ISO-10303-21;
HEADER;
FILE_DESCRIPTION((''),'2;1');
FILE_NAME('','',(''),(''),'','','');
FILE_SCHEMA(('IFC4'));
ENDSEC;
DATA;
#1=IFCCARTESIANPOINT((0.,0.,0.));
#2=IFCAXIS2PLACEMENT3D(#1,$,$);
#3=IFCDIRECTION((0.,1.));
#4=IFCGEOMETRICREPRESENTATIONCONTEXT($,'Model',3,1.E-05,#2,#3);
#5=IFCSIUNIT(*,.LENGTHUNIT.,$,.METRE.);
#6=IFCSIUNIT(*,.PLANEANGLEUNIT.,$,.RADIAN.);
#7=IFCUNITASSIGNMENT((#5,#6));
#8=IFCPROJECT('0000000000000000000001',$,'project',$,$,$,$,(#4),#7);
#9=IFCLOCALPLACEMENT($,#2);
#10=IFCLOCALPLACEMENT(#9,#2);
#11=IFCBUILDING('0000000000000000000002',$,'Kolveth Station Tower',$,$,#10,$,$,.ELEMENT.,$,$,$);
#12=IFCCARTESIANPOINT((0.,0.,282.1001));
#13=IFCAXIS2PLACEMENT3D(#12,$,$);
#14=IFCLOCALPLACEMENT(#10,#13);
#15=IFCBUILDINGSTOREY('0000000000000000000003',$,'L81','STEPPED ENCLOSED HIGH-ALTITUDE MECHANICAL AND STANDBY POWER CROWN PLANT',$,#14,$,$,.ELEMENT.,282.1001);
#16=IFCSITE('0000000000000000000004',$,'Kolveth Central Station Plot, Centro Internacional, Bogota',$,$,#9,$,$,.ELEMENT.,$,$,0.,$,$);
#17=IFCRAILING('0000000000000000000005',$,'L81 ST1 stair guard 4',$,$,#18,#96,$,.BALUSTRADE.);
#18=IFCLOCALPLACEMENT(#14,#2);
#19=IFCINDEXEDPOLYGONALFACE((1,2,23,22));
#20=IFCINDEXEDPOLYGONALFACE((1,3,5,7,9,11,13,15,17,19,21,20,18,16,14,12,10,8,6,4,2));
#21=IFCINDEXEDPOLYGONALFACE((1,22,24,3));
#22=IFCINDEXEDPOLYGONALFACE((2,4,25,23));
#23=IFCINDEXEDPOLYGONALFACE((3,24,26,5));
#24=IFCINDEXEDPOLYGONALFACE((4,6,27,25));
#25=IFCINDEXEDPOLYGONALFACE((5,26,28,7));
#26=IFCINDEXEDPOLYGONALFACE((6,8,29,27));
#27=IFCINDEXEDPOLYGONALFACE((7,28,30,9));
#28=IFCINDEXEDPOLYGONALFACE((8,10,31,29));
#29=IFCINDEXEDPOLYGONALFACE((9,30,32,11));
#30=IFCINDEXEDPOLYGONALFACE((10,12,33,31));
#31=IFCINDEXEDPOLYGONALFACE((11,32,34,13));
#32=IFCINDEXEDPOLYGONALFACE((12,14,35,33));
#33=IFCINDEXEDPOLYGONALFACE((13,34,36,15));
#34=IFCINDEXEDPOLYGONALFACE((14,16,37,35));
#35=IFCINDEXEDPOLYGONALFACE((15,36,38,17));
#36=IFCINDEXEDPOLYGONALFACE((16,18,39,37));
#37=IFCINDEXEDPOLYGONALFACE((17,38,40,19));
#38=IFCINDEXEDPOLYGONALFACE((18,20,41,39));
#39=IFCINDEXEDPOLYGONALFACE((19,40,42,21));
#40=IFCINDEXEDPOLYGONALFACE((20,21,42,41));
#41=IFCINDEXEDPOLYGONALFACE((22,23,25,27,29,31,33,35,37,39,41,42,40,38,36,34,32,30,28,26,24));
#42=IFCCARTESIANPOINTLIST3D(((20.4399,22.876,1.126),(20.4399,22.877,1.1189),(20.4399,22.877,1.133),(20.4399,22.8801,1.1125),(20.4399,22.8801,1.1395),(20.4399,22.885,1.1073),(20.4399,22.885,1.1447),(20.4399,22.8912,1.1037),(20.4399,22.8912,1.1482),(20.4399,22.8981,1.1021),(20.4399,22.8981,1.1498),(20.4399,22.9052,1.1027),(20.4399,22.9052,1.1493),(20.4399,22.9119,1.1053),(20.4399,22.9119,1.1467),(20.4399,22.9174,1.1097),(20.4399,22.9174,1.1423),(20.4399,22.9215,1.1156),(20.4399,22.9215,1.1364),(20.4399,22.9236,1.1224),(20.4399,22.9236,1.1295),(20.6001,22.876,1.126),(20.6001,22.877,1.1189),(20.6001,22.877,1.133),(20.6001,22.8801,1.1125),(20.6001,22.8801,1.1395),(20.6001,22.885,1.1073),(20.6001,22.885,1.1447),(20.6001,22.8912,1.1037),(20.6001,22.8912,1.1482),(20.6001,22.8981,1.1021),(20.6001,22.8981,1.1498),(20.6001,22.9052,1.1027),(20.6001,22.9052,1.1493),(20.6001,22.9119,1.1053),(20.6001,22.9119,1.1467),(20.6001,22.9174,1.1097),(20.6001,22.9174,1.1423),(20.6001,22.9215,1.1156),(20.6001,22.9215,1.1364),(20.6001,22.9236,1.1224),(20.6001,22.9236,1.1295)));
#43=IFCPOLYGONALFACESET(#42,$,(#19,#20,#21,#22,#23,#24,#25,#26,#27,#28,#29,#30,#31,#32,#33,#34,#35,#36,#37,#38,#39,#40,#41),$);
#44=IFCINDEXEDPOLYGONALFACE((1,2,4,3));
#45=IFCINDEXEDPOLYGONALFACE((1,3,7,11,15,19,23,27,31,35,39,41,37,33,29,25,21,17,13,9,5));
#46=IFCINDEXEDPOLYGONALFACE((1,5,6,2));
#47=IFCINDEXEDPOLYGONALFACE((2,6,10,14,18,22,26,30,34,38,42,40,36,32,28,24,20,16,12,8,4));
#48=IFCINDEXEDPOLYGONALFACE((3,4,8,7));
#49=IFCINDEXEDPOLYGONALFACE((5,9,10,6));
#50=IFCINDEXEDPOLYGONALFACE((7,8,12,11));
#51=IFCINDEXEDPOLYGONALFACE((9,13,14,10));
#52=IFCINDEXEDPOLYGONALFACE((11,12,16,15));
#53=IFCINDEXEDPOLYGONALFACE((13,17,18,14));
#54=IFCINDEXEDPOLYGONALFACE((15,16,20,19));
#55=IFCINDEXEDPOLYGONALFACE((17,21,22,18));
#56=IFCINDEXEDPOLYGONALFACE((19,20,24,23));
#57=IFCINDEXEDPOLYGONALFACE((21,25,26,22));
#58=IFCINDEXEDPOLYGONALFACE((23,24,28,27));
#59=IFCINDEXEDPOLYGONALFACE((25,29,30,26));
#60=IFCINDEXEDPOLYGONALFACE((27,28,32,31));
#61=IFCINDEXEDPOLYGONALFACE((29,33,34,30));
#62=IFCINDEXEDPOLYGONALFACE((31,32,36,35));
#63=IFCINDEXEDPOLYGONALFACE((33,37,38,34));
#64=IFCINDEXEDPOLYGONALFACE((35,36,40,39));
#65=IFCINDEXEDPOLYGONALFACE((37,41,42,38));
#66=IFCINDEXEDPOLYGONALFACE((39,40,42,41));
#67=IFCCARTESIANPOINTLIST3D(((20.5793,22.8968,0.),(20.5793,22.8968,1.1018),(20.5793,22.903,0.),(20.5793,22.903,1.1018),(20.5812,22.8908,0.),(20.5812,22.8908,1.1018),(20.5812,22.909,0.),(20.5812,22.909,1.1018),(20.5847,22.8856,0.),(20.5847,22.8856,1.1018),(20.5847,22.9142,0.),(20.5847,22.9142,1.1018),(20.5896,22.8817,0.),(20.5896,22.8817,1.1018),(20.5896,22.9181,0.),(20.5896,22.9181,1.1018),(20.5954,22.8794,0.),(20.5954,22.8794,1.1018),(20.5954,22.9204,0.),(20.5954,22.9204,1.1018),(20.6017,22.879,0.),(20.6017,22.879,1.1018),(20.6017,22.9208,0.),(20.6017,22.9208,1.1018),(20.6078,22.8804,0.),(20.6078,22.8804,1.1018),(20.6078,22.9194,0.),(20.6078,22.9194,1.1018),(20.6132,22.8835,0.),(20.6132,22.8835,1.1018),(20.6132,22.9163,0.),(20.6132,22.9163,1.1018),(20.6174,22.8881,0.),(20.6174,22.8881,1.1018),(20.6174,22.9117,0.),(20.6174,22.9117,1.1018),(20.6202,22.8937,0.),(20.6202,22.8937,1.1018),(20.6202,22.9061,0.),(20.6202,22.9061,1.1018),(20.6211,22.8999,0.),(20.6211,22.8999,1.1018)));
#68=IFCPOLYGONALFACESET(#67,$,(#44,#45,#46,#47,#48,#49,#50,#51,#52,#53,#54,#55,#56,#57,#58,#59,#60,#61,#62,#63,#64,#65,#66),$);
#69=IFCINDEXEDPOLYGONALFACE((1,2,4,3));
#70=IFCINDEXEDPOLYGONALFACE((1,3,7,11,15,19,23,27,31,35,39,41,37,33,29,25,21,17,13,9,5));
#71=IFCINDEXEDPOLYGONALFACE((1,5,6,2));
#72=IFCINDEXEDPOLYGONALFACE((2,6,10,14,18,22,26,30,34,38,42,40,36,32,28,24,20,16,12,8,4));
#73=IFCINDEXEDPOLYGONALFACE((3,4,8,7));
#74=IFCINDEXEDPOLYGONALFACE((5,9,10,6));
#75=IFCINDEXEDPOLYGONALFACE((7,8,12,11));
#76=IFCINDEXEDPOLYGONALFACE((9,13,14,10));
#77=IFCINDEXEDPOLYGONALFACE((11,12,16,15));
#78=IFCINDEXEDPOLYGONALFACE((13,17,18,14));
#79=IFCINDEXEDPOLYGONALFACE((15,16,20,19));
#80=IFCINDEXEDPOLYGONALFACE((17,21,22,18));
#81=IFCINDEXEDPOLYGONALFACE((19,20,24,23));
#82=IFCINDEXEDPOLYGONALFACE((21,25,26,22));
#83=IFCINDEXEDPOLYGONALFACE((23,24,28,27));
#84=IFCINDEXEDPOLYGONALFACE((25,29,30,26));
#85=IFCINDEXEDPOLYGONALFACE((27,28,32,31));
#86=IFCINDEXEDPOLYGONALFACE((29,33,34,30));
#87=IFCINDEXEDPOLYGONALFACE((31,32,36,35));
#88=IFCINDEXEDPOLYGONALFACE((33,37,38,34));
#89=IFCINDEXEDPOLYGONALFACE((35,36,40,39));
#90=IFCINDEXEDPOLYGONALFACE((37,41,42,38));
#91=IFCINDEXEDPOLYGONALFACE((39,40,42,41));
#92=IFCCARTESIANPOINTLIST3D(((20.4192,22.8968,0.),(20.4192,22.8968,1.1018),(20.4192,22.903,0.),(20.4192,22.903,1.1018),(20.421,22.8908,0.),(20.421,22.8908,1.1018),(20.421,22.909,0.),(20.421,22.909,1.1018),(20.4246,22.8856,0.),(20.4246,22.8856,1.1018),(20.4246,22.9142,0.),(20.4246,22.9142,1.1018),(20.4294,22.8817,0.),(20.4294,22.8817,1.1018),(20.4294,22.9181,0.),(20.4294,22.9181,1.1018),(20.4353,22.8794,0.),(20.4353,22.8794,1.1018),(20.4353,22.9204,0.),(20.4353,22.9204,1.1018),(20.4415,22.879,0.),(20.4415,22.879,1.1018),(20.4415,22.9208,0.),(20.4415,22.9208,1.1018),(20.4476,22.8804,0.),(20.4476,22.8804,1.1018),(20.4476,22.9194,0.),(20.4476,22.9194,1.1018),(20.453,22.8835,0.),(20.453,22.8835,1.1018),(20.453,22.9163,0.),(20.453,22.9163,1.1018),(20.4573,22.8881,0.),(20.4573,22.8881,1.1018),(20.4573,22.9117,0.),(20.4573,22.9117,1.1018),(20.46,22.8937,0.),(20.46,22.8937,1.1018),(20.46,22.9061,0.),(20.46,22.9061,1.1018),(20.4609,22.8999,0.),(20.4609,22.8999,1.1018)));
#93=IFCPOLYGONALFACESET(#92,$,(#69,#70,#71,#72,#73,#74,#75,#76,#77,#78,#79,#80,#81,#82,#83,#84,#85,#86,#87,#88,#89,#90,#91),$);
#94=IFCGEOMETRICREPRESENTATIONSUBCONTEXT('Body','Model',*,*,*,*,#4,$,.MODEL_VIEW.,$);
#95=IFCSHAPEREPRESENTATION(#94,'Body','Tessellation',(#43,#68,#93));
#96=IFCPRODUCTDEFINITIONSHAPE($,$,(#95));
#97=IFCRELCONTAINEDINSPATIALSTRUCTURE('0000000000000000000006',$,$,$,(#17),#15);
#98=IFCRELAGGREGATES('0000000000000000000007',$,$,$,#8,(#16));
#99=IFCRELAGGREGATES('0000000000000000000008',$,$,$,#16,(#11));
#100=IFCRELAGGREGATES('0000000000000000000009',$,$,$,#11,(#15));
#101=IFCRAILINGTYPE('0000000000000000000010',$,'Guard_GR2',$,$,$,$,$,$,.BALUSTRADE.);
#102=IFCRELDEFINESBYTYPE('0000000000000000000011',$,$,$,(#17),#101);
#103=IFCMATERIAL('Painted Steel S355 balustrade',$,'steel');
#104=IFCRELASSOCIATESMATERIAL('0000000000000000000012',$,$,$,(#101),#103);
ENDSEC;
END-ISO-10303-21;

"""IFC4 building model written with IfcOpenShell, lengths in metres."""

from ifc_helpers import new_model, si_unit, direction, frame, origin, origin_2d, place, context, subcontext, project, spatial, circle, extrude, material, type_object, element, save


model = new_model("IFC4")

# Units and contexts
model_context = context("Model", 3, precision=1e-05, world=origin(), true_north=direction((0.0, 1.0)))
body_context = subcontext(model_context, "Body", "Model", "MODEL_VIEW")
ifc_project = project(units=[si_unit("LENGTHUNIT", "METRE"), si_unit("PLANEANGLEUNIT", "RADIAN")], contexts=[model_context])

# Site, building, storey
site_placement = place(None, origin())
site = spatial("IfcSite", under=ifc_project, at=site_placement, Name="Kolveth Central Station Plot, Centro Internacional, Bogota", CompositionType="ELEMENT", RefElevation=0.0)
building_placement = place(site_placement, origin())
building = spatial("IfcBuilding", under=site, at=building_placement, Name="Kolveth Station Tower", CompositionType="ELEMENT")
storey_placement = place(building_placement, frame((0.0, 0.0, 282.1001)))
storey = spatial("IfcBuildingStorey", under=building, at=storey_placement, Name="L81", Description="STEPPED ENCLOSED HIGH-ALTITUDE MECHANICAL AND STANDBY POWER CROWN PLANT", CompositionType="ELEMENT", Elevation=282.1001)

# Railing
ifc_material_1 = material(Name="Painted Steel S355 balustrade", Category="steel")
railing_type_1 = type_object("IfcRailingType", Name="Guard_GR2", PredefinedType="BALUSTRADE", material=ifc_material_1)
railing_1_placement = place(storey_placement, frame((20.6001, 22.8999, 0.0)))
element("IfcRailing", 1, at=railing_1_placement, inside=storey, type_object=railing_type_1, Name="L81 ST1 stair guard 4", PredefinedType="BALUSTRADE", context=body_context, shape_type="SweptSolid", body=[
    extrude(circle(Radius=0.0239, at=origin_2d()), frame((0.0, 0.0, 1.126), z_axis=(-1.0, 0.0, 0.0), x_axis=(0.0, -1.0, 0.0)), (0.0, 0.0, 1.0), 0.1602),
    extrude(circle(Radius=0.021, at=origin_2d()), origin(), (0.0, 0.0, 1.0), 1.1018),
    extrude(circle(Radius=0.021, at=origin_2d()), frame((-0.1602, 0.0, 0.0)), (0.0, 0.0, 1.0), 1.1018),
])

save(model, "model.ifc")
